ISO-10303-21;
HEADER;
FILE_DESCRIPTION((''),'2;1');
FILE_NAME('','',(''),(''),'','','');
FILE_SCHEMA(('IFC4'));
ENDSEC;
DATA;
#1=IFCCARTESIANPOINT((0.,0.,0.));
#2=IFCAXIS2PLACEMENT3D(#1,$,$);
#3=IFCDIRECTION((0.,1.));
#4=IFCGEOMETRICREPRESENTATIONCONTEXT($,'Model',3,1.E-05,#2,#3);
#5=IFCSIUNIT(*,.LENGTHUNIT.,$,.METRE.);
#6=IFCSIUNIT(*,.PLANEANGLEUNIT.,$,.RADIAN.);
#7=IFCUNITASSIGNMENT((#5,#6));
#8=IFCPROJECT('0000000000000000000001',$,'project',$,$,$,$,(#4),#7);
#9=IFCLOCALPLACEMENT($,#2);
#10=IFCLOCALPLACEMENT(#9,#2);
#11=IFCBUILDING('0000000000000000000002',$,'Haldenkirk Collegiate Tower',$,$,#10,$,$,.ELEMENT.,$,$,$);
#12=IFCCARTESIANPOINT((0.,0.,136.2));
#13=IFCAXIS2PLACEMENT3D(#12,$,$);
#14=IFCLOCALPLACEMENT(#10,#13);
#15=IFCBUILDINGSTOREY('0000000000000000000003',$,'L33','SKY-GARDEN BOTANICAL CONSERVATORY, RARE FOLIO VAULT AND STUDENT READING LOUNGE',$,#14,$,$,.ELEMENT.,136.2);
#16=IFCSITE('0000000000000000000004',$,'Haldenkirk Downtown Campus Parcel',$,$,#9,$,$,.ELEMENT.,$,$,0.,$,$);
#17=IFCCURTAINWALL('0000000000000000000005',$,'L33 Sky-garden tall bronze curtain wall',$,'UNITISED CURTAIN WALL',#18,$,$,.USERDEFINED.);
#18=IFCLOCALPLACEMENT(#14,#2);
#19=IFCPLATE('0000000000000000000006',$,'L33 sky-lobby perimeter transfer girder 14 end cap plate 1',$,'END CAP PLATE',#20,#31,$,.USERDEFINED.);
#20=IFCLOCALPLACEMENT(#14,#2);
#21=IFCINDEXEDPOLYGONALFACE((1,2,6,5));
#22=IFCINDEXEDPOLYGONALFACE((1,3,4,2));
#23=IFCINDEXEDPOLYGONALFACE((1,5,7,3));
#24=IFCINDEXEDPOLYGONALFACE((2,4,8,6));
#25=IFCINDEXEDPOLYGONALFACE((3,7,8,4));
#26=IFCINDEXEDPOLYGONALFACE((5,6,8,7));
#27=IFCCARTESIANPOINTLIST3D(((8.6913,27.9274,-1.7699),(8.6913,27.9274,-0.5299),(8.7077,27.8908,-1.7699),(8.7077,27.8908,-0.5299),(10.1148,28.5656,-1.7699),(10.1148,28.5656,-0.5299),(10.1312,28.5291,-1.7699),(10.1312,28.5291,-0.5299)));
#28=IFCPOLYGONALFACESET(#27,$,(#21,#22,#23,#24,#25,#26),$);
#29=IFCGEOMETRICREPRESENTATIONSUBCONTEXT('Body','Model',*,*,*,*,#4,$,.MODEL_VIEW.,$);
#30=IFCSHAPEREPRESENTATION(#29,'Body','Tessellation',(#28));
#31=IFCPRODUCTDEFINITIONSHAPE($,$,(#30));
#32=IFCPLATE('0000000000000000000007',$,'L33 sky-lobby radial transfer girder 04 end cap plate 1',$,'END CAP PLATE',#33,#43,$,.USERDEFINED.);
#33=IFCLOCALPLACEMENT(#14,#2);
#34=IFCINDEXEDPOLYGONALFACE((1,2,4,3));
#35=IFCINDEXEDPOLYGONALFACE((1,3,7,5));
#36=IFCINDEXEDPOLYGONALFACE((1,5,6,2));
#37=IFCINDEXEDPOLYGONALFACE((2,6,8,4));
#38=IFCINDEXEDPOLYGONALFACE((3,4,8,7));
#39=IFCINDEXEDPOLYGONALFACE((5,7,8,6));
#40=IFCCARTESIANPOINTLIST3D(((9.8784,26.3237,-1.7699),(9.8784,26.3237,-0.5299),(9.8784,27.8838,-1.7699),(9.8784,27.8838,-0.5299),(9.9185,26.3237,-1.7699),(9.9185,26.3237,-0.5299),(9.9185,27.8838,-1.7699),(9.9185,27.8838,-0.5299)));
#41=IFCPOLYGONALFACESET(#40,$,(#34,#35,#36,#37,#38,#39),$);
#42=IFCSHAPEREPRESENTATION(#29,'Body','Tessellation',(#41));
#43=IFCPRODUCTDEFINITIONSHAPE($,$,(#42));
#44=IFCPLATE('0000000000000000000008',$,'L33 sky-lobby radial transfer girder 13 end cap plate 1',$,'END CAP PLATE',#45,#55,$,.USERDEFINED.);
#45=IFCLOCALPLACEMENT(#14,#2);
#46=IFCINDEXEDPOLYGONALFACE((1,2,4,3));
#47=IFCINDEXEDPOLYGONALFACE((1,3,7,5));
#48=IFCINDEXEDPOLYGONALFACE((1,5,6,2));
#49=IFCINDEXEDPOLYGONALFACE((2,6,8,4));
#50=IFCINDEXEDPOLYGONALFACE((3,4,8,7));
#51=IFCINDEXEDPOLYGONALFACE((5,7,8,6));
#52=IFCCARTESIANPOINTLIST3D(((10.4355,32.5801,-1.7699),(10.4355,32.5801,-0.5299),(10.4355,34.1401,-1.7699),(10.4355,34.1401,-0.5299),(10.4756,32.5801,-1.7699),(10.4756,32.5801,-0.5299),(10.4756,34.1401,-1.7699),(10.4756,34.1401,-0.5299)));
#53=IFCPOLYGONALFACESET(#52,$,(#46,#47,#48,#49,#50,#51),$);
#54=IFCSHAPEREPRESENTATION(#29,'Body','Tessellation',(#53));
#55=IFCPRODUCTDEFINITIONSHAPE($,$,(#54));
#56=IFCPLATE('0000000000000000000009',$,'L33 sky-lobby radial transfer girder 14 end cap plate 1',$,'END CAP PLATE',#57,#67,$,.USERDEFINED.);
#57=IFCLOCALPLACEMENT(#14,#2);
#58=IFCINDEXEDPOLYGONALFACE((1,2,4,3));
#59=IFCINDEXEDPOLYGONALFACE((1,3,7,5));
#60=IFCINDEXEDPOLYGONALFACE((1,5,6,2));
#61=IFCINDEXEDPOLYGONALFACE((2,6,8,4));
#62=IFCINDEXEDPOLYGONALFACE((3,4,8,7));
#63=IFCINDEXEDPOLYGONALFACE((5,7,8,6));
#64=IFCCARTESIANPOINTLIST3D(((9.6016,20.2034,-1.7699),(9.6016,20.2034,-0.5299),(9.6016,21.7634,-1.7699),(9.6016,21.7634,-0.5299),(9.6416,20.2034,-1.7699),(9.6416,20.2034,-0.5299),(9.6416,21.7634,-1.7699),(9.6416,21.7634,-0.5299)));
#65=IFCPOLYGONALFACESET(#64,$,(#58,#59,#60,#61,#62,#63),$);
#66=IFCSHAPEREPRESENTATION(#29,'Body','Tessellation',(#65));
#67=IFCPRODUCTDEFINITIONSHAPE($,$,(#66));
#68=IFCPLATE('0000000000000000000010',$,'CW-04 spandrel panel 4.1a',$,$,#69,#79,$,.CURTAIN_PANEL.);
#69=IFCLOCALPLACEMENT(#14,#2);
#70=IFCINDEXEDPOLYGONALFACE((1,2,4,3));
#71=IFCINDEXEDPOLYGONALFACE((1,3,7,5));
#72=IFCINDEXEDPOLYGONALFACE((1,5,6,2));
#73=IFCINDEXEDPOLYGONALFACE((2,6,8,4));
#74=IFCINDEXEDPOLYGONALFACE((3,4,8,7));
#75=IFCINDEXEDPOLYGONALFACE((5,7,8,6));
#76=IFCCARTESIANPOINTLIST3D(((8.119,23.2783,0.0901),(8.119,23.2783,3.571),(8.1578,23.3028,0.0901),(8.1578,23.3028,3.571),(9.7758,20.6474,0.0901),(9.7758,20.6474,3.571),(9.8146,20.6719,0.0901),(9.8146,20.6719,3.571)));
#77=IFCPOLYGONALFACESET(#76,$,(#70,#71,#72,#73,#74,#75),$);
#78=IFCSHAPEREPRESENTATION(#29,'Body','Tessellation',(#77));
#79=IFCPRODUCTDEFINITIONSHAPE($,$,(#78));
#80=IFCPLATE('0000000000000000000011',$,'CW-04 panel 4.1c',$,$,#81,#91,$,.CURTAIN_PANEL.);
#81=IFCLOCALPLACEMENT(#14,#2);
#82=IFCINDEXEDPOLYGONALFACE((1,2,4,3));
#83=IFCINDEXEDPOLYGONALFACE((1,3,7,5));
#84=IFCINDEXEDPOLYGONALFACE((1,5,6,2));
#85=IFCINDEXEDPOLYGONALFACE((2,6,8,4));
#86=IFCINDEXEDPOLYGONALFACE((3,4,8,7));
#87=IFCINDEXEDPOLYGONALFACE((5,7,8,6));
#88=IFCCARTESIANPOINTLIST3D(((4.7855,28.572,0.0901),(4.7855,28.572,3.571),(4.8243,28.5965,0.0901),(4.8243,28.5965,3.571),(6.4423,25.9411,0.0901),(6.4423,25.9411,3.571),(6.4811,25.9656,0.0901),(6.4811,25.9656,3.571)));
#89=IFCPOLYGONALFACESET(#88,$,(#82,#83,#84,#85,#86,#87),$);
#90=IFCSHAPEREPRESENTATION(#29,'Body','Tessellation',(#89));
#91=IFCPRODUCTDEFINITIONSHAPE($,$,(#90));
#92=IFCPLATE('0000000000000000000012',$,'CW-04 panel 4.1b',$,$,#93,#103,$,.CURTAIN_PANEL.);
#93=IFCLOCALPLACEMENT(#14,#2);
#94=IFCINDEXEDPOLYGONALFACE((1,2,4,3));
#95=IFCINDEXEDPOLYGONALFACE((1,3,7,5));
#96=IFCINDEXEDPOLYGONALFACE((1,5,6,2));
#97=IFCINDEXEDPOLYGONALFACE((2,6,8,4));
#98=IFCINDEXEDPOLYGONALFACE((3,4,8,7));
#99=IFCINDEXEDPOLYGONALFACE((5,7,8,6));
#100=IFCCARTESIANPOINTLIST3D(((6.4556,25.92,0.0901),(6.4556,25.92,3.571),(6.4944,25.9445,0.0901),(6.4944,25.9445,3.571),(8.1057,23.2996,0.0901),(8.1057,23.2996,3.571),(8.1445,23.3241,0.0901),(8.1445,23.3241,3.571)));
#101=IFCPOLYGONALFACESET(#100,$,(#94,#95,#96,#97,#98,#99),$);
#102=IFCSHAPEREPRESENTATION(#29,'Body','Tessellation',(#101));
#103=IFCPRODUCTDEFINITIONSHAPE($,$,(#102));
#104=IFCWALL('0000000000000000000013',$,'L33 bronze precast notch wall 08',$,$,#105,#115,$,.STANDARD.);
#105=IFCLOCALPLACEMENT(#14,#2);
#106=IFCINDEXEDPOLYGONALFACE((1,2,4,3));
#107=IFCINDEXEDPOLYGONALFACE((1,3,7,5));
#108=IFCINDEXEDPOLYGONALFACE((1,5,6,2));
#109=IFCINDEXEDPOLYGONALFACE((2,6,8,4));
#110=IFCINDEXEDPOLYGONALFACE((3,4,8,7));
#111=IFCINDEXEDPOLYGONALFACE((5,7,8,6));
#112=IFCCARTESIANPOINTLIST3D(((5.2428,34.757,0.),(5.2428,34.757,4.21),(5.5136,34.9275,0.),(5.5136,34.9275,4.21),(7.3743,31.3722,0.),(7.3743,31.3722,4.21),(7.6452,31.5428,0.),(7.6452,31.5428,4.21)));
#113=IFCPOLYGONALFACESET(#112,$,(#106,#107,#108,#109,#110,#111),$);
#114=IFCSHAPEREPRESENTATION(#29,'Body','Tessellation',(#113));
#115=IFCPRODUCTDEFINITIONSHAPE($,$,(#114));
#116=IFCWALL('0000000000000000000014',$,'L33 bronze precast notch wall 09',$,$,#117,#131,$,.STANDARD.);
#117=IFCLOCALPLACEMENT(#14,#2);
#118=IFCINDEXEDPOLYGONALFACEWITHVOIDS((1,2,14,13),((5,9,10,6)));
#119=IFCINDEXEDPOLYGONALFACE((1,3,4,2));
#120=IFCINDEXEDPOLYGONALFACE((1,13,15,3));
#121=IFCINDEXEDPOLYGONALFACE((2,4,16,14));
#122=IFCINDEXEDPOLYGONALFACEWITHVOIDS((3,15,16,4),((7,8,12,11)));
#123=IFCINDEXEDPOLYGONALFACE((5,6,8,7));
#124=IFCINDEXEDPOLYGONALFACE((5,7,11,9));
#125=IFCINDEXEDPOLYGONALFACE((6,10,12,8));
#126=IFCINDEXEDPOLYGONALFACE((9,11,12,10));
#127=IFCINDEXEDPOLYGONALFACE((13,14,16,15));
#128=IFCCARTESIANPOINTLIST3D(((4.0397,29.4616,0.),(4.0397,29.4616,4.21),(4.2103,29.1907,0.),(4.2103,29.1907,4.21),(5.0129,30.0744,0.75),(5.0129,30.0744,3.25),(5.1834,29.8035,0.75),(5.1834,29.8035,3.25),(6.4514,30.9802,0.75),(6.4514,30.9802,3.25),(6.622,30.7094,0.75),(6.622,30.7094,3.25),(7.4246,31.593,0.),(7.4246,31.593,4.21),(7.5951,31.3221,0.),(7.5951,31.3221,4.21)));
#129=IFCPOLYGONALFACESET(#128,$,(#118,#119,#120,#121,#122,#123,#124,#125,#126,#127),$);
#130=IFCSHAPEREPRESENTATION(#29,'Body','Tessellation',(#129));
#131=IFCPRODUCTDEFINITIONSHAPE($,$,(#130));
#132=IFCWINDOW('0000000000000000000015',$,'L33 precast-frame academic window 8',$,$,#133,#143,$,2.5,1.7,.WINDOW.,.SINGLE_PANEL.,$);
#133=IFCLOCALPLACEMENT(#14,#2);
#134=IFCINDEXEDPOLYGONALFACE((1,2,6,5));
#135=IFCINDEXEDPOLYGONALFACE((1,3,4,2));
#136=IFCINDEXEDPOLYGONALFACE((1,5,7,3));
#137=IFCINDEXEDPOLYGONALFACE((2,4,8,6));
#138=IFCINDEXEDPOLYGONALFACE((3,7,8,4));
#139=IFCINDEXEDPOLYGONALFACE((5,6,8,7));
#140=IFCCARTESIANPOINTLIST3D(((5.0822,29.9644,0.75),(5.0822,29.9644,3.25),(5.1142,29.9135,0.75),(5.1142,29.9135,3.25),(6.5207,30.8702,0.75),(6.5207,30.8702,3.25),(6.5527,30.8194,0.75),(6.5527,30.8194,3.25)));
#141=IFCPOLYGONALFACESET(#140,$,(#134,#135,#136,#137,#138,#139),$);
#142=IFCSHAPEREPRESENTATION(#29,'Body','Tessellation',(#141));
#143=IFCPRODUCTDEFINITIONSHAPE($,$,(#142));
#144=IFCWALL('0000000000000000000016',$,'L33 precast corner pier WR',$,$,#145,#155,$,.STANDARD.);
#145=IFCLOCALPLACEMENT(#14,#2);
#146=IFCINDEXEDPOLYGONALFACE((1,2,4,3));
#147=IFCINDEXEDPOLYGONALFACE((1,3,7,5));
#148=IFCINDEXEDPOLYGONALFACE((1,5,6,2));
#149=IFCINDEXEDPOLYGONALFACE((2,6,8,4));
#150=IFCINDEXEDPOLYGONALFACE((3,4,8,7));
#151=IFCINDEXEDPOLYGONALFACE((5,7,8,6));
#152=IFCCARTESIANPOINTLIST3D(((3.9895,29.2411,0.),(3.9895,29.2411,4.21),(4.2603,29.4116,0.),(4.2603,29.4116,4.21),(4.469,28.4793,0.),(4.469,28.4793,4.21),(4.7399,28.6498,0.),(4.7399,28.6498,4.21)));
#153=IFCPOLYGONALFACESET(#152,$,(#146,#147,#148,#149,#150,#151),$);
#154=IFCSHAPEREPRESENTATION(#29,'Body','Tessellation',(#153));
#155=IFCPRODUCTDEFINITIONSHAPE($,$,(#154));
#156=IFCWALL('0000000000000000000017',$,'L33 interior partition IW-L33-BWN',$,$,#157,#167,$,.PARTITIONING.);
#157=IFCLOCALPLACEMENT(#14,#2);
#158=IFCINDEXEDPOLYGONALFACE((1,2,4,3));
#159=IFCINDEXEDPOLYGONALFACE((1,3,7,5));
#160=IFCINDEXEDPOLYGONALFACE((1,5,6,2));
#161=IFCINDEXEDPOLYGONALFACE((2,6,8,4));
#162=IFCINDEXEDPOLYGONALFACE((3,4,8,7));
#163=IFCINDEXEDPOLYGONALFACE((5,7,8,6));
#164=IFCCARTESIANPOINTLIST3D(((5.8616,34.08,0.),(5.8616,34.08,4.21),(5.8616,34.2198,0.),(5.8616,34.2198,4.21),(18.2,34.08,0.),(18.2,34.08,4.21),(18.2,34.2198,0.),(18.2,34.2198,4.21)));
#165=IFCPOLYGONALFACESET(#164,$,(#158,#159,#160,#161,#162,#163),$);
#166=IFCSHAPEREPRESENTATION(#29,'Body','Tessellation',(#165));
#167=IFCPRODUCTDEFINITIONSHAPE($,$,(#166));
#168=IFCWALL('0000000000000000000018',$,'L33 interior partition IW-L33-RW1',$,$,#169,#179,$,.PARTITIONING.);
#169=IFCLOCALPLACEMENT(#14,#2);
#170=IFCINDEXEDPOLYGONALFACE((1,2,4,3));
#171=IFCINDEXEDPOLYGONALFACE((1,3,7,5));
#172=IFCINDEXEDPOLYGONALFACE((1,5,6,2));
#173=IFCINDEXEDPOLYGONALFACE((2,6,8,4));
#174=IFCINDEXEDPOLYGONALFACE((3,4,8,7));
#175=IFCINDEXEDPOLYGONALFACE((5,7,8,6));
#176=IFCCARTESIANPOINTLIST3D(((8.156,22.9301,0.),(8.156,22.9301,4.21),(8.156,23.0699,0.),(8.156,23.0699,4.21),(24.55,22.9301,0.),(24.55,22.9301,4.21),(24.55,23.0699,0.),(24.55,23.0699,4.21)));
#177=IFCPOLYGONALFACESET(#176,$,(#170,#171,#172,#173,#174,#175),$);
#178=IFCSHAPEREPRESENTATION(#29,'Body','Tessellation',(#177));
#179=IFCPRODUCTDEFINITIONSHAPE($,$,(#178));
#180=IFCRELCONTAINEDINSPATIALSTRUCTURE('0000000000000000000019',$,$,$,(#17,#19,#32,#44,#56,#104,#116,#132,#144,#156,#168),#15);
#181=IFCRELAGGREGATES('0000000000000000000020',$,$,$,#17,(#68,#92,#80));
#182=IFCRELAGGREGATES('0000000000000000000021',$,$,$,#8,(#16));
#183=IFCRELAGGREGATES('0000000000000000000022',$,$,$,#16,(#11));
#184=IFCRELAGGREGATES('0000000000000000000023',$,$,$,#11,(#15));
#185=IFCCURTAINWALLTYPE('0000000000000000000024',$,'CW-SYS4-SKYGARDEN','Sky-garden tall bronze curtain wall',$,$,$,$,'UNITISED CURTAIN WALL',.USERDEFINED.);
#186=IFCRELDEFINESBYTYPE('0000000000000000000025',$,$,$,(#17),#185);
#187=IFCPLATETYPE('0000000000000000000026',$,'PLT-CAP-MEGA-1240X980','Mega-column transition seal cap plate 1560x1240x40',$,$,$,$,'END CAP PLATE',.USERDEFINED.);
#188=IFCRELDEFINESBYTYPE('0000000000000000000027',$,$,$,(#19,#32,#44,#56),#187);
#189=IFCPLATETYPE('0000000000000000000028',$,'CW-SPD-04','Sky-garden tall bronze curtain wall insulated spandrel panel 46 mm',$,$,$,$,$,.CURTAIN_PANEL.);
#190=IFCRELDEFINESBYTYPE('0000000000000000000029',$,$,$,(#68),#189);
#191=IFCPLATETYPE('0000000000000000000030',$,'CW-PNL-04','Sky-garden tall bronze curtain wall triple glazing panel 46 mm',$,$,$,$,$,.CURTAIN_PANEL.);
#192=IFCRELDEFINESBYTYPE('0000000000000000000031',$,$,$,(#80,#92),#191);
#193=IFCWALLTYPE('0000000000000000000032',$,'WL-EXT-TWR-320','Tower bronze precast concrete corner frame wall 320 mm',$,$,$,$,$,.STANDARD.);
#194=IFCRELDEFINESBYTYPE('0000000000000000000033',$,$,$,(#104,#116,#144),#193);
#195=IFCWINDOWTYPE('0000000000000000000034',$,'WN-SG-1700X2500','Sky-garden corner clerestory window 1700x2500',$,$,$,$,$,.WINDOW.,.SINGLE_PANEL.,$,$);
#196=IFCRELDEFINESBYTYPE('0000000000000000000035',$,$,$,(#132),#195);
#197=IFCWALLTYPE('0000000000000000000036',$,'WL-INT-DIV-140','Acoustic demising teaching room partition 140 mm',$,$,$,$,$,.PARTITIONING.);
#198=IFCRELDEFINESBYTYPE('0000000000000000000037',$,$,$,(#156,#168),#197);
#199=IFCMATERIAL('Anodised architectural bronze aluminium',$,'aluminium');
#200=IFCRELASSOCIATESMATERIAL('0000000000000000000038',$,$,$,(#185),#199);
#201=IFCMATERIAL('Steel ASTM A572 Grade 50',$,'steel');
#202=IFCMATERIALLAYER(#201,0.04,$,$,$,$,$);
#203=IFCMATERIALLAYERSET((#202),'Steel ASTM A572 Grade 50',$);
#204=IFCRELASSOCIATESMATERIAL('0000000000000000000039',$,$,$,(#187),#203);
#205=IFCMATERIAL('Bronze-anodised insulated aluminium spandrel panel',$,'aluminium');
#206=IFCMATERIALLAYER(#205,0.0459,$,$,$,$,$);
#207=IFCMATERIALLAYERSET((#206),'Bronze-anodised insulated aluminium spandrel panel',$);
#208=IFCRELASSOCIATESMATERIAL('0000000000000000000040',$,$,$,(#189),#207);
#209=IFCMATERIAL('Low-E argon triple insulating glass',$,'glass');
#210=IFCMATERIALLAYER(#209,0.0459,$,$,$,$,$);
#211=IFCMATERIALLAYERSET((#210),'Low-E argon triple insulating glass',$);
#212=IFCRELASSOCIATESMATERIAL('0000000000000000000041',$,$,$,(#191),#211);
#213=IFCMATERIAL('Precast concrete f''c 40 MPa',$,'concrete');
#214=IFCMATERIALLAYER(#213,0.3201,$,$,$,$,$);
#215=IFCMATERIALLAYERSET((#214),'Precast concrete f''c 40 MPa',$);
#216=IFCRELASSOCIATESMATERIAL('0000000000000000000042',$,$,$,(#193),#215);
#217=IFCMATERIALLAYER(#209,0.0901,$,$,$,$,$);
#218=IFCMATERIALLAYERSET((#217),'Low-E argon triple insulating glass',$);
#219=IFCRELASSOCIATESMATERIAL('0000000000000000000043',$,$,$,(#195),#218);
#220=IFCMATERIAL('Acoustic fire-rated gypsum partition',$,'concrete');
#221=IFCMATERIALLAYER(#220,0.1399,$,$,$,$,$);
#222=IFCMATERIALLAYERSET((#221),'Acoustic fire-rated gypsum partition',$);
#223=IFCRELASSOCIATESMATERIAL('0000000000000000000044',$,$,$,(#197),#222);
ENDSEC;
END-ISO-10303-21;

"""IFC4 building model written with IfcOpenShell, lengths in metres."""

from ifc_helpers import new_model, si_unit, direction, frame, frame_2d, origin, origin_2d, place, context, subcontext, project, spatial, rectangle, extrude, source, transform, mapped, material, layer, layer_set, type_object, element, fill, aggregate, save


model = new_model("IFC4")

# Units and contexts
model_context = context("Model", 3, precision=1e-05, world=origin(), true_north=direction((0.0, 1.0)))
body_context = subcontext(model_context, "Body", "Model", "MODEL_VIEW")
ifc_project = project(units=[si_unit("LENGTHUNIT", "METRE"), si_unit("PLANEANGLEUNIT", "RADIAN")], contexts=[model_context])

# Site, building, storey
site_placement = place(None, origin())
site = spatial("IfcSite", under=ifc_project, at=site_placement, Name="Haldenkirk Downtown Campus Parcel", CompositionType="ELEMENT", RefElevation=0.0)
building_placement = place(site_placement, origin())
building = spatial("IfcBuilding", under=site, at=building_placement, Name="Haldenkirk Collegiate Tower", CompositionType="ELEMENT")
storey_placement = place(building_placement, frame((0.0, 0.0, 136.2)))
storey = spatial("IfcBuildingStorey", under=building, at=storey_placement, Name="L33", Description="SKY-GARDEN BOTANICAL CONSERVATORY, RARE FOLIO VAULT AND STUDENT READING LOUNGE", CompositionType="ELEMENT", Elevation=136.2)

# Shared definitions
ifc_material_1 = material(Name="Steel ASTM A572 Grade 50", Category="steel")

# Curtain wall
ifc_material_2 = material(Name="Anodised architectural bronze aluminium", Category="aluminium")
curtain_wall_type = type_object("IfcCurtainWallType", Name="CW-SYS4-SKYGARDEN", Description="Sky-garden tall bronze curtain wall", ElementType="UNITISED CURTAIN WALL", PredefinedType="USERDEFINED", material=ifc_material_2)
curtain_wall_placement = place(storey_placement, origin())
curtain_wall = element("IfcCurtainWall", 1, at=curtain_wall_placement, inside=storey, type_object=curtain_wall_type, Name="L33 Sky-garden tall bronze curtain wall", ObjectType="UNITISED CURTAIN WALL", PredefinedType="USERDEFINED")

# Plates
ifc_layer_1 = layer(ifc_material_1, 0.04)
ifc_layer_set_1 = layer_set([ifc_layer_1], Name="Steel ASTM A572 Grade 50")
plate_type_1 = type_object("IfcPlateType", Name="PLT-CAP-MEGA-1240X980", Description="Mega-column transition seal cap plate 1560x1240x40", ElementType="END CAP PLATE", PredefinedType="USERDEFINED", material=ifc_layer_set_1)
shared_shape_1 = source(origin(), body_context, "Body", "SweptSolid", [
    extrude(rectangle(XDim=1.5601, YDim=1.24, at=origin_2d()), origin(), (0.0, 0.0, 1.0), 0.04),
])
for number, where, z_axis, x_axis, name in (
    (2, (9.4194, 28.21, -1.1499), (-0.409132, 0.912475, 0.0), (-0.912475, -0.409132, 0.0), "L33 sky-lobby perimeter transfer girder 14 end cap plate 1"),
    (3, (9.9185, 27.1038, -1.1499), (-1.0, 0.0, 0.0), (0.0, -1.0, 0.0), "L33 sky-lobby radial transfer girder 04 end cap plate 1"),
    (4, (10.4756, 33.3601, -1.1499), (-1.0, 0.0, 0.0), (0.0, -1.0, 0.0), "L33 sky-lobby radial transfer girder 13 end cap plate 1"),
    (5, (9.6416, 20.9834, -1.1499), (-1.0, 0.0, 0.0), (0.0, -1.0, 0.0), "L33 sky-lobby radial transfer girder 14 end cap plate 1"),
):
    element("IfcPlate", number, at=place(storey_placement, frame(where, z_axis=z_axis, x_axis=x_axis)), inside=storey, type_object=plate_type_1, Name=name, ObjectType="END CAP PLATE", PredefinedType="USERDEFINED", context=body_context, shape_type="MappedRepresentation", body=[
        mapped(shared_shape_1, transform((0.0, 0.0, 0.0), x_axis=(1.0, 0.0, 0.0), y_axis=(0.0, 1.0, 0.0), z_axis=(0.0, 0.0, 1.0), scale=1.0)),
    ])

# Plates
ifc_material_3 = material(Name="Bronze-anodised insulated aluminium spandrel panel", Category="aluminium")
ifc_layer_2 = layer(ifc_material_3, 0.0459)
ifc_layer_set_2 = layer_set([ifc_layer_2], Name="Bronze-anodised insulated aluminium spandrel panel")
plate_type_2 = type_object("IfcPlateType", Name="CW-SPD-04", Description="Sky-garden tall bronze curtain wall insulated spandrel panel 46 mm", PredefinedType="CURTAIN_PANEL", material=ifc_layer_set_2)
shared_shape_2 = source(origin(), body_context, "Body", "SweptSolid", [
    extrude(rectangle(XDim=3.1091, YDim=0.0459, at=origin_2d()), origin(), (0.0, 0.0, 1.0), 3.481),
])
plate_1_placement = place(storey_placement, frame((8.9668, 21.9751, 0.0901), z_axis=(0.0, 0.0, 1.0), x_axis=(-0.532878, 0.846192, 0.0)))
plate_1 = element("IfcPlate", 6, at=plate_1_placement, type_object=plate_type_2, Name="CW-04 spandrel panel 4.1a", PredefinedType="CURTAIN_PANEL", context=body_context, shape_type="MappedRepresentation", body=[
    mapped(shared_shape_2, transform((0.0, 0.0, 0.0), x_axis=(1.0, 0.0, 0.0), y_axis=(0.0, 1.0, 0.0), z_axis=(0.0, 0.0, 1.0), scale=1.0)),
])
ifc_material_4 = material(Name="Low-E argon triple insulating glass", Category="glass")
ifc_layer_3 = layer(ifc_material_4, 0.0459)
ifc_layer_set_3 = layer_set([ifc_layer_3], Name="Low-E argon triple insulating glass")
plate_type_3 = type_object("IfcPlateType", Name="CW-PNL-04", Description="Sky-garden tall bronze curtain wall triple glazing panel 46 mm", PredefinedType="CURTAIN_PANEL", material=ifc_layer_set_3)
plate_2_placement = place(storey_placement, frame((5.6333, 27.2688, 0.0901), z_axis=(0.0, 0.0, 1.0), x_axis=(-0.532878, 0.846192, 0.0)))
plate_2 = element("IfcPlate", 7, at=plate_2_placement, type_object=plate_type_3, Name="CW-04 panel 4.1c", PredefinedType="CURTAIN_PANEL", context=body_context, shape_type="MappedRepresentation", body=[
    mapped(shared_shape_2, transform((0.0, 0.0, 0.0), x_axis=(1.0, 0.0, 0.0), y_axis=(0.0, 1.0, 0.0), z_axis=(0.0, 0.0, 1.0), scale=1.0)),
])
shared_shape_3 = source(origin(), body_context, "Body", "SweptSolid", [
    extrude(rectangle(XDim=3.0967, YDim=0.0459, at=origin_2d()), origin(), (0.0, 0.0, 1.0), 3.481),
])
plate_3_placement = place(storey_placement, frame((7.3, 24.6221, 0.0901), z_axis=(0.0, 0.0, 1.0), x_axis=(-0.532878, 0.846192, 0.0)))
plate_3 = element("IfcPlate", 8, at=plate_3_placement, type_object=plate_type_3, Name="CW-04 panel 4.1b", PredefinedType="CURTAIN_PANEL", context=body_context, shape_type="MappedRepresentation", body=[
    mapped(shared_shape_3, transform((0.0, 0.0, 0.0), x_axis=(1.0, 0.0, 0.0), y_axis=(0.0, 1.0, 0.0), z_axis=(0.0, 0.0, 1.0), scale=1.0)),
])
aggregate(curtain_wall, [plate_1, plate_3, plate_2])

# Wall
ifc_material_5 = material(Name="Precast concrete f'c 40 MPa", Category="concrete")
ifc_layer_4 = layer(ifc_material_5, 0.3201)
ifc_layer_set_4 = layer_set([ifc_layer_4], Name="Precast concrete f'c 40 MPa")
wall_type_1 = type_object("IfcWallType", Name="WL-EXT-TWR-320", Description="Tower bronze precast concrete corner frame wall 320 mm", PredefinedType="STANDARD", material=ifc_layer_set_4)
wall_1_placement = place(storey_placement, frame((7.5098, 31.4575, 0.0), z_axis=(0.0, 0.0, 1.0), x_axis=(-0.532893, 0.846183, 0.0)))
element("IfcWall", 9, at=wall_1_placement, inside=storey, type_object=wall_type_1, Name="L33 bronze precast notch wall 08", PredefinedType="STANDARD", context=body_context, shape_type="SweptSolid", body=[
    extrude(rectangle(XDim=4.0, YDim=0.3201, at=frame_2d((2.0, 0.0))), origin(), (0.0, 0.0, 1.0), 4.21),
])

# Wall, opening, window
wall_2_placement = place(storey_placement, frame((4.125, 29.3262, 0.0), z_axis=(0.0, 0.0, 1.0), x_axis=(0.84621, 0.532849, 0.0)))
wall_2 = element("IfcWall", 10, at=wall_2_placement, inside=storey, type_object=wall_type_1, Name="L33 bronze precast notch wall 09", PredefinedType="STANDARD", context=body_context, shape_type="SweptSolid", body=[
    extrude(rectangle(XDim=4.0, YDim=0.3201, at=frame_2d((2.0, 0.0))), origin(), (0.0, 0.0, 1.0), 4.21),
])
opening_placement = place(wall_2_placement, frame((1.1499, 0.0, 0.75)))
opening = element("IfcOpeningElement", 11, at=opening_placement, cuts=wall_2, PredefinedType="OPENING", context=body_context, shape_type="SweptSolid", body=[
    extrude(rectangle(XDim=1.7, YDim=2.5, at=frame_2d((0.8501, 1.25))), frame((0.0, 0.1699, 0.0), z_axis=(0.0, -1.0, 0.0), x_axis=(1.0, 0.0, 0.0)), (0.0, 0.0, 1.0), 0.3401),
])
ifc_layer_5 = layer(ifc_material_4, 0.0901)
ifc_layer_set_5 = layer_set([ifc_layer_5], Name="Low-E argon triple insulating glass")
window_type = type_object("IfcWindowType", Name="WN-SG-1700X2500", Description="Sky-garden corner clerestory window 1700x2500", PartitioningType="SINGLE_PANEL", PredefinedType="WINDOW", material=ifc_layer_set_5)
window_placement = place(opening_placement, origin())
window = element("IfcWindow", 12, at=window_placement, inside=storey, type_object=window_type, Name="L33 precast-frame academic window 8", OverallHeight=2.5, OverallWidth=1.7, PartitioningType="SINGLE_PANEL", PredefinedType="WINDOW", context=body_context, shape_type="SweptSolid", body=[
    extrude(rectangle(XDim=1.7, YDim=2.5, at=frame_2d((0.8501, 1.25))), frame((0.0, 0.03, 0.0), z_axis=(0.0, -1.0, 0.0), x_axis=(1.0, 0.0, 0.0)), (0.0, 0.0, 1.0), 0.0601),
])
fill(opening, window)

# Walls
wall_3_placement = place(storey_placement, frame((4.6045, 28.5645, 0.0), z_axis=(0.0, 0.0, 1.0), x_axis=(-0.532727, 0.846287, 0.0)))
element("IfcWall", 13, at=wall_3_placement, inside=storey, type_object=wall_type_1, Name="L33 precast corner pier WR", PredefinedType="STANDARD", context=body_context, shape_type="SweptSolid", body=[
    extrude(rectangle(XDim=0.9001, YDim=0.3201, at=frame_2d((0.4502, 0.0))), origin(), (0.0, 0.0, 1.0), 4.21),
])
ifc_material_6 = material(Name="Acoustic fire-rated gypsum partition", Category="concrete")
ifc_layer_6 = layer(ifc_material_6, 0.1399)
ifc_layer_set_6 = layer_set([ifc_layer_6], Name="Acoustic fire-rated gypsum partition")
wall_type_2 = type_object("IfcWallType", Name="WL-INT-DIV-140", Description="Acoustic demising teaching room partition 140 mm", PredefinedType="PARTITIONING", material=ifc_layer_set_6)
wall_4_placement = place(storey_placement, frame((5.8616, 34.1499, 0.0), z_axis=(0.0, 0.0, 1.0), x_axis=(1.0, 0.0, 0.0)))
element("IfcWall", 14, at=wall_4_placement, inside=storey, type_object=wall_type_2, Name="L33 interior partition IW-L33-BWN", PredefinedType="PARTITIONING", context=body_context, shape_type="SweptSolid", body=[
    extrude(rectangle(XDim=12.3384, YDim=0.1399, at=frame_2d((6.1692, 0.0))), origin(), (0.0, 0.0, 1.0), 4.21),
])
wall_5_placement = place(storey_placement, frame((8.156, 23.0, 0.0), z_axis=(0.0, 0.0, 1.0), x_axis=(1.0, 0.0, 0.0)))
element("IfcWall", 15, at=wall_5_placement, inside=storey, type_object=wall_type_2, Name="L33 interior partition IW-L33-RW1", PredefinedType="PARTITIONING", context=body_context, shape_type="SweptSolid", body=[
    extrude(rectangle(XDim=16.394, YDim=0.1399, at=frame_2d((8.197, 0.0))), origin(), (0.0, 0.0, 1.0), 4.21),
])

save(model, "model.ifc")
